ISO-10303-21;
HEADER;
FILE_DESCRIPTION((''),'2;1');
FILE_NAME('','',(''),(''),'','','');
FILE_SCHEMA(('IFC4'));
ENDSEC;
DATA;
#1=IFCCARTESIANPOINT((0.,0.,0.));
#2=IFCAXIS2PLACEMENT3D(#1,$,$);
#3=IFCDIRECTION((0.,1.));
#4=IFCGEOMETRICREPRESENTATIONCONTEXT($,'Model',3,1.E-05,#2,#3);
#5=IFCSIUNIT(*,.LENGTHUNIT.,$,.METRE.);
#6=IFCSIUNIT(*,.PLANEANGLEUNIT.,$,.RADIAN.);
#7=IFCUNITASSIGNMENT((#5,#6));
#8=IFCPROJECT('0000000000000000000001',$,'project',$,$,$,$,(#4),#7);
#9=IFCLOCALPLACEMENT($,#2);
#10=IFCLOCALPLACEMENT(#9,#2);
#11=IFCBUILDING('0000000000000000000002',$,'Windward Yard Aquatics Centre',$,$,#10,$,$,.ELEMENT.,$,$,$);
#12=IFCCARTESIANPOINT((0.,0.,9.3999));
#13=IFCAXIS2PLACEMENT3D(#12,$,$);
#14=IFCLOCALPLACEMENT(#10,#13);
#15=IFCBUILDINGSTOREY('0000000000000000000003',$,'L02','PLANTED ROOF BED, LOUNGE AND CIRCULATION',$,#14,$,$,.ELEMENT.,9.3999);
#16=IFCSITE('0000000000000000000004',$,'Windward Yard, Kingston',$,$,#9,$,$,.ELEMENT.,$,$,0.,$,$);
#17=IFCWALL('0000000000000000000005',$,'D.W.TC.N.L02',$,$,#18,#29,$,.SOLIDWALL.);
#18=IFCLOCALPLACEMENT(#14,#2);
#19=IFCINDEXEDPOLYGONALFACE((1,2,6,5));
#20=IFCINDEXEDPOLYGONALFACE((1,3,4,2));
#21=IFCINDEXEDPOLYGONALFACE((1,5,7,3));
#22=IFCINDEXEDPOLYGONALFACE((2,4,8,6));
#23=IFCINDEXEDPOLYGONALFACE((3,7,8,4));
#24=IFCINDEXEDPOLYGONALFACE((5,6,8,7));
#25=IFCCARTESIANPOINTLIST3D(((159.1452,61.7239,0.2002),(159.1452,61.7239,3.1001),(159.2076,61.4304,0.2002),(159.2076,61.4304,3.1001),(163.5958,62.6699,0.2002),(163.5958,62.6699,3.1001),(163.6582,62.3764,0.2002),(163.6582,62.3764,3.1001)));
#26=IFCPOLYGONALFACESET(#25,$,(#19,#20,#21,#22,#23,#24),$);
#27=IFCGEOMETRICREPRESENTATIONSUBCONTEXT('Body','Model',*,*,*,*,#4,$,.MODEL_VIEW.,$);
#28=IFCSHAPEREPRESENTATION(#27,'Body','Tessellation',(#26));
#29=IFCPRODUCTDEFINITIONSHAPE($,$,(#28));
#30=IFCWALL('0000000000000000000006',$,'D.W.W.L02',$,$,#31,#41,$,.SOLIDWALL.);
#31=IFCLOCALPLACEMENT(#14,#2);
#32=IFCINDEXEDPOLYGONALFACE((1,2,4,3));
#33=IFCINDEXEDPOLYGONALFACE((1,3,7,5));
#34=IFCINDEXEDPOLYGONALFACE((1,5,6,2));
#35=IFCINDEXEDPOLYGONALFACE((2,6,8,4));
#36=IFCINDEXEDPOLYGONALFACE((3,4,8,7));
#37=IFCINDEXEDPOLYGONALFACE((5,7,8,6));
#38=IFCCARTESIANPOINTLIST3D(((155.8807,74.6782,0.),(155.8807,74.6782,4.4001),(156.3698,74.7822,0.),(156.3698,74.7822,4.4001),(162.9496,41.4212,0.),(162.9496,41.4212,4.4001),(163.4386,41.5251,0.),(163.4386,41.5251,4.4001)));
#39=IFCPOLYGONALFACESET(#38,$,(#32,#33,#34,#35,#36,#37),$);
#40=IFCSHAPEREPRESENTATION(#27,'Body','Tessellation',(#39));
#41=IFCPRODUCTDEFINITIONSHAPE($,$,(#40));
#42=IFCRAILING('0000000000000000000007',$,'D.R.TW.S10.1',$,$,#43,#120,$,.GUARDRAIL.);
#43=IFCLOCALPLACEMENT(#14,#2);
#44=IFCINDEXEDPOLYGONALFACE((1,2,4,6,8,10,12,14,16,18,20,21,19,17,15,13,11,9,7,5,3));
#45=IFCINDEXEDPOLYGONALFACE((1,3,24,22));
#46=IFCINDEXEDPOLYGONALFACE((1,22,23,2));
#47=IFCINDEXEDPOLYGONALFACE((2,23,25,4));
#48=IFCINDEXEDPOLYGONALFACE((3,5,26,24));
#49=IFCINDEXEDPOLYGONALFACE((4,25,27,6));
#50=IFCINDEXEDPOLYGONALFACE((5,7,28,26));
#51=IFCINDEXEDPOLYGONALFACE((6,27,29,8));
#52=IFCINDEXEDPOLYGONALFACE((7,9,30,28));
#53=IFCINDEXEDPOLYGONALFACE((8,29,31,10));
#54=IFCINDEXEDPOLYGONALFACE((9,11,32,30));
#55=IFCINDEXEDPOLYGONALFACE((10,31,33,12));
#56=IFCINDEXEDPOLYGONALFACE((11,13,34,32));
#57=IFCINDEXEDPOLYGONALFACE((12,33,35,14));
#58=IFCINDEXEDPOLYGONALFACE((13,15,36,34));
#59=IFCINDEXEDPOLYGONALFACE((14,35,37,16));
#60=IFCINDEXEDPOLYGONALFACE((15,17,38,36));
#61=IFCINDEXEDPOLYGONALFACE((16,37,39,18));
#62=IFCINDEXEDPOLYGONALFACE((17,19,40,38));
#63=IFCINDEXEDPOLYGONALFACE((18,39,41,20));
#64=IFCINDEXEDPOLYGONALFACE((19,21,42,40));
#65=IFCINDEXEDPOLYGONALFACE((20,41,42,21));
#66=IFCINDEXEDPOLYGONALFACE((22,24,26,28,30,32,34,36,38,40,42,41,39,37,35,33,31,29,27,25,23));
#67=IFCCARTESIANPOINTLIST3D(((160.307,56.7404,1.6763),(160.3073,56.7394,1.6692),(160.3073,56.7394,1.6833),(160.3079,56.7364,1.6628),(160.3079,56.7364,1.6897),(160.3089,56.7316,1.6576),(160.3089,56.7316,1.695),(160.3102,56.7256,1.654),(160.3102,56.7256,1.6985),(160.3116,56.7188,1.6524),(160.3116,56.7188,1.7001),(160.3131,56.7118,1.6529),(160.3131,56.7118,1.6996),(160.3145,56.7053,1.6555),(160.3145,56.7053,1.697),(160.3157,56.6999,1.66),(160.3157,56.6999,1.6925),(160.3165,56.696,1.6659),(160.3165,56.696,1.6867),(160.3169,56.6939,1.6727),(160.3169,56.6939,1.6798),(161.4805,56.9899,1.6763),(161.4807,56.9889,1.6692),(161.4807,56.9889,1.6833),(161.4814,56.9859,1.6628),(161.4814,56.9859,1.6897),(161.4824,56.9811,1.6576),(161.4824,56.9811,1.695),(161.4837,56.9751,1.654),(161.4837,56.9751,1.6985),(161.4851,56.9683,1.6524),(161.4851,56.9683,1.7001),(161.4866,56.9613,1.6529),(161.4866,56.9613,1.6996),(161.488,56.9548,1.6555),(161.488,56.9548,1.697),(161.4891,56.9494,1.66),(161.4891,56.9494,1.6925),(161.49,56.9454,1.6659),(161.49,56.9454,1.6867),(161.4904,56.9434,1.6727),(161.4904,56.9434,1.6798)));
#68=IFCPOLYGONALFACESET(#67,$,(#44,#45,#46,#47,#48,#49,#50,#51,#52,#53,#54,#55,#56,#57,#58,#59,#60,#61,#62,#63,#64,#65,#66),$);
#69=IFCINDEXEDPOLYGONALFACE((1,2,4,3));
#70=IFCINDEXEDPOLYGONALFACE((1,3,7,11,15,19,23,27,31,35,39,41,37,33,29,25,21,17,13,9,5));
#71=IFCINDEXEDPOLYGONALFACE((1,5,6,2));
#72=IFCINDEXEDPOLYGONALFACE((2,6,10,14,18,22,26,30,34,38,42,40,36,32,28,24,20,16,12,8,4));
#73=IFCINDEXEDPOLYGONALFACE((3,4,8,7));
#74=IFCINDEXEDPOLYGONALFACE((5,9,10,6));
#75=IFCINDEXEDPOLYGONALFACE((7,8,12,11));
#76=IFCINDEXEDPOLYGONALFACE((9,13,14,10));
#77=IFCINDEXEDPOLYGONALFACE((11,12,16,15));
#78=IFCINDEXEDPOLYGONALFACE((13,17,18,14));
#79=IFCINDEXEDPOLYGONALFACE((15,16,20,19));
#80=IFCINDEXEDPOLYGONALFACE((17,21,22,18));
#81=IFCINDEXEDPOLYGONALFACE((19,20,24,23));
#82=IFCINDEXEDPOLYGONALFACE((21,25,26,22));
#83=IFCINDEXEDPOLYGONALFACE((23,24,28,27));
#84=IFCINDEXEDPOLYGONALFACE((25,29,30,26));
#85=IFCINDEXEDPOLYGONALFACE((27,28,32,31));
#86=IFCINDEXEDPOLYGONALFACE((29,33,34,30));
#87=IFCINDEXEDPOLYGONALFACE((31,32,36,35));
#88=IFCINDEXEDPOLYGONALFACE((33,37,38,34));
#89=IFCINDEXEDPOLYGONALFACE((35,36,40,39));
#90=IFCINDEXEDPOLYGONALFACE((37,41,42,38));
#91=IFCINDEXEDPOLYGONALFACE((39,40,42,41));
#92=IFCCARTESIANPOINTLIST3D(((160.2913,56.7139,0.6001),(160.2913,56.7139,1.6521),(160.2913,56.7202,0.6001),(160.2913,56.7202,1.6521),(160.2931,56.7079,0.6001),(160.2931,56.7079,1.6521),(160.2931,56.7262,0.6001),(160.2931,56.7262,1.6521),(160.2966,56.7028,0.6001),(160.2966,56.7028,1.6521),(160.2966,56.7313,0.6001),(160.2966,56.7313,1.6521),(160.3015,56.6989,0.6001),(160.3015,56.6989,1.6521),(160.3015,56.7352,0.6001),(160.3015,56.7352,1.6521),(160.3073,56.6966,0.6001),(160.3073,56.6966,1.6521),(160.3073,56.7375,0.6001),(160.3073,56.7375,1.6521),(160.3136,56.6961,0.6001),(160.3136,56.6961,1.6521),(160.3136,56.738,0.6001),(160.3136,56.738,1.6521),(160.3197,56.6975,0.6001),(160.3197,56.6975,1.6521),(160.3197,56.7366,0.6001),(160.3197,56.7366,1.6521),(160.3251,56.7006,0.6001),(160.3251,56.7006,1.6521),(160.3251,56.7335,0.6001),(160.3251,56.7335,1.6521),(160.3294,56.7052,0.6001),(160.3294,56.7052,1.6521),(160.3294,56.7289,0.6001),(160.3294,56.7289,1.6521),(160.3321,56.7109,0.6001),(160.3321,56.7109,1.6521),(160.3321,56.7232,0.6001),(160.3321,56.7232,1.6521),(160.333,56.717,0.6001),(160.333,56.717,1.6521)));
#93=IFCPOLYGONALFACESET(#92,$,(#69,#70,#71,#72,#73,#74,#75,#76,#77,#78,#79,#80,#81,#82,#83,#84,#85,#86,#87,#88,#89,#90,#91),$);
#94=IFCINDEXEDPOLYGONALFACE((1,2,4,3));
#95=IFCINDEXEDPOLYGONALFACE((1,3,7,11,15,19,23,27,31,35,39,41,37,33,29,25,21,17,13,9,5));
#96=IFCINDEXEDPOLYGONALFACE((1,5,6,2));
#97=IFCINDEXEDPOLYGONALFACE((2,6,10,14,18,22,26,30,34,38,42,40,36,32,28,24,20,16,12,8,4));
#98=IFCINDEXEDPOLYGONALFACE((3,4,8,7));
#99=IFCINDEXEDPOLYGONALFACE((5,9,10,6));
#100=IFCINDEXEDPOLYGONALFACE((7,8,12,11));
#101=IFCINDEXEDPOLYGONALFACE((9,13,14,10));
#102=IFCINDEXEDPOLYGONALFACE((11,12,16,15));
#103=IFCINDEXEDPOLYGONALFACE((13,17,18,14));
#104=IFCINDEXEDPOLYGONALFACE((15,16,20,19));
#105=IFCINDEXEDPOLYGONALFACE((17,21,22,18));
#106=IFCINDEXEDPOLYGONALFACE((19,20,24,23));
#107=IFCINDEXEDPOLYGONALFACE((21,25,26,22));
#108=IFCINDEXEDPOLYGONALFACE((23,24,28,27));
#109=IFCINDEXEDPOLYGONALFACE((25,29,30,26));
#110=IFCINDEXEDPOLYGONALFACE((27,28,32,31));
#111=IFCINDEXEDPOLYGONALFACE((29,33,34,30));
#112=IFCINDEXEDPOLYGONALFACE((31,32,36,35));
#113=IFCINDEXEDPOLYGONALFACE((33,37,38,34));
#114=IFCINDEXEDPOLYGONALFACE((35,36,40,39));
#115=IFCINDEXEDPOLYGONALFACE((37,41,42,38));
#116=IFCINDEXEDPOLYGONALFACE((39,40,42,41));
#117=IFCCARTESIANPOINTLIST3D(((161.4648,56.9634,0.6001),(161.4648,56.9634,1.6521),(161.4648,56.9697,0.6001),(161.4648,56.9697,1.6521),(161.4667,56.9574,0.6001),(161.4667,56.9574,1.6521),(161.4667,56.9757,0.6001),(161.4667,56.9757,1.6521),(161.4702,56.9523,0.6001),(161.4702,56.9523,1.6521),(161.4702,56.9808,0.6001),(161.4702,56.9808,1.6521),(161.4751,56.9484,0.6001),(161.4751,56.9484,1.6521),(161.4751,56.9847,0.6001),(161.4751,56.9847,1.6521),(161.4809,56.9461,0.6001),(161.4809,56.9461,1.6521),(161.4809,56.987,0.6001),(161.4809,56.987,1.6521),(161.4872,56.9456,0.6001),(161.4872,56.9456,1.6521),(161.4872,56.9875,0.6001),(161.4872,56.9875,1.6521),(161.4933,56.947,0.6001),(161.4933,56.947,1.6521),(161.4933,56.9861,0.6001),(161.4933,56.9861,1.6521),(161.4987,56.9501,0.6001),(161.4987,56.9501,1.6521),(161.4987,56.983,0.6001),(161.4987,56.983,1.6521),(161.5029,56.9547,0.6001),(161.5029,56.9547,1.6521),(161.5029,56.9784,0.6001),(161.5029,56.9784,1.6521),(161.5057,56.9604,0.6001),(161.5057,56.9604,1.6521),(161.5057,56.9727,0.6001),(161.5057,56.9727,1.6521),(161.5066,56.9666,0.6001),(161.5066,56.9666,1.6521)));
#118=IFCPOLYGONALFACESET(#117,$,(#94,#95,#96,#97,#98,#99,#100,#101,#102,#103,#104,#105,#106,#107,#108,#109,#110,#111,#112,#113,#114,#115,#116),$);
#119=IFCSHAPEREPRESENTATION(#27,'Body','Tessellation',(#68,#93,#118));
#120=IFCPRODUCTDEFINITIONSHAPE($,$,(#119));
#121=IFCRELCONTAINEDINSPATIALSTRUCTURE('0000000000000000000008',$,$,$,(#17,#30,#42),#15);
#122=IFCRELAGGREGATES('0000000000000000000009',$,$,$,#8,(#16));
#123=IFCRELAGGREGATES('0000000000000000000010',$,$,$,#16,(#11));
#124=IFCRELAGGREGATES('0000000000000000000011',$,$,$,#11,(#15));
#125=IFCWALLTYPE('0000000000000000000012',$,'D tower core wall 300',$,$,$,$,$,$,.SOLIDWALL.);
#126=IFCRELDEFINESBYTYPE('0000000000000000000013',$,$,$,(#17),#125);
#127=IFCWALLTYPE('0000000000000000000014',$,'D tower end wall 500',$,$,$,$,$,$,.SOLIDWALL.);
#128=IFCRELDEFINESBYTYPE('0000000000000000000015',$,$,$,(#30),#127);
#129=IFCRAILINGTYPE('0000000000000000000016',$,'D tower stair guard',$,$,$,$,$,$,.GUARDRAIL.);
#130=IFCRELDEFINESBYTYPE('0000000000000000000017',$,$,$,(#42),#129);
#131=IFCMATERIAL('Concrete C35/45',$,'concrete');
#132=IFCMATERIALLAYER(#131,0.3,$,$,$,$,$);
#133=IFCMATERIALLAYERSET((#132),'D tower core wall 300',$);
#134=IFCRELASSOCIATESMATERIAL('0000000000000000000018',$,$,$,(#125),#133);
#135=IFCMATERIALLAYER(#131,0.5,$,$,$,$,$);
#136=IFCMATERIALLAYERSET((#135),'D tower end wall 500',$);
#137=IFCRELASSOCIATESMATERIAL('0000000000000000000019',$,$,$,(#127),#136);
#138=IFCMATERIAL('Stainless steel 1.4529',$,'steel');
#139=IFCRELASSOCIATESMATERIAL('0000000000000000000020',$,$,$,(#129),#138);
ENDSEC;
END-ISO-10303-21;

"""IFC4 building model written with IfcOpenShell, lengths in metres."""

from ifc_helpers import new_model, si_unit, direction, frame, frame_2d, origin, origin_2d, place, context, subcontext, project, spatial, rectangle, circle, extrude, material, layer, layer_set, type_object, element, save


model = new_model("IFC4")

# Units and contexts
model_context = context("Model", 3, precision=1e-05, world=origin(), true_north=direction((0.0, 1.0)))
body_context = subcontext(model_context, "Body", "Model", "MODEL_VIEW")
ifc_project = project(units=[si_unit("LENGTHUNIT", "METRE"), si_unit("PLANEANGLEUNIT", "RADIAN")], contexts=[model_context])

# Site, building, storey
site_placement = place(None, origin())
site = spatial("IfcSite", under=ifc_project, at=site_placement, Name="Windward Yard, Kingston", CompositionType="ELEMENT", RefElevation=0.0)
building_placement = place(site_placement, origin())
building = spatial("IfcBuilding", under=site, at=building_placement, Name="Windward Yard Aquatics Centre", CompositionType="ELEMENT")
storey_placement = place(building_placement, frame((0.0, 0.0, 9.3999)))
storey = spatial("IfcBuildingStorey", under=building, at=storey_placement, Name="L02", Description="PLANTED ROOF BED, LOUNGE AND CIRCULATION", CompositionType="ELEMENT", Elevation=9.3999)

# Walls
ifc_material_1 = material(Name="Concrete C35/45", Category="concrete")
ifc_layer_1 = layer(ifc_material_1, 0.3)
ifc_layer_set_1 = layer_set([ifc_layer_1], Name="D tower core wall 300")
wall_type_1 = type_object("IfcWallType", Name="D tower core wall 300", PredefinedType="SOLIDWALL", material=ifc_layer_set_1)
wall_1_placement = place(storey_placement, frame((159.1765, 61.5771, 0.2002), z_axis=(0.0, 0.0, 1.0), x_axis=(0.978147, 0.207917, 0.0)))
element("IfcWall", 1, at=wall_1_placement, inside=storey, type_object=wall_type_1, Name="D.W.TC.N.L02", PredefinedType="SOLIDWALL", context=body_context, shape_type="SweptSolid", body=[
    extrude(rectangle(XDim=4.55, YDim=0.3, at=frame_2d((2.2749, 0.0))), origin(), (0.0, 0.0, 1.0), 2.8999),
])
ifc_layer_2 = layer(ifc_material_1, 0.5)
ifc_layer_set_2 = layer_set([ifc_layer_2], Name="D tower end wall 500")
wall_type_2 = type_object("IfcWallType", Name="D tower end wall 500", PredefinedType="SOLIDWALL", material=ifc_layer_set_2)
wall_2_placement = place(storey_placement, frame((163.1941, 41.4731, 0.0), z_axis=(0.0, 0.0, 1.0), x_axis=(-0.207907, 0.978149, 0.0)))
element("IfcWall", 2, at=wall_2_placement, inside=storey, type_object=wall_type_2, Name="D.W.W.L02", PredefinedType="SOLIDWALL", context=body_context, shape_type="SweptSolid", body=[
    extrude(rectangle(XDim=34.0, YDim=0.5, at=frame_2d((17.0, 0.0))), origin(), (0.0, 0.0, 1.0), 4.4001),
])

# Railing
ifc_material_2 = material(Name="Stainless steel 1.4529", Category="steel")
railing_type = type_object("IfcRailingType", Name="D tower stair guard", PredefinedType="GUARDRAIL", material=ifc_material_2)
railing_1_placement = place(storey_placement, frame((160.312, 56.717, 0.6001)))
element("IfcRailing", 3, at=railing_1_placement, inside=storey, type_object=railing_type, Name="D.R.TW.S10.1", PredefinedType="GUARDRAIL", context=body_context, shape_type="SweptSolid", body=[
    extrude(circle(Radius=0.0239, at=origin_2d()), frame((0.0, 0.0, 1.0762), z_axis=(0.978138, 0.207959, 0.0), x_axis=(-0.207959, 0.978138, 0.0)), (0.0, 0.0, 1.0), 1.1997),
    extrude(circle(Radius=0.021, at=origin_2d()), origin(), (0.0, 0.0, 1.0), 1.052),
    extrude(circle(Radius=0.021, at=origin_2d()), frame((1.1736, 0.2495, 0.0)), (0.0, 0.0, 1.0), 1.052),
])

save(model, "model.ifc")
